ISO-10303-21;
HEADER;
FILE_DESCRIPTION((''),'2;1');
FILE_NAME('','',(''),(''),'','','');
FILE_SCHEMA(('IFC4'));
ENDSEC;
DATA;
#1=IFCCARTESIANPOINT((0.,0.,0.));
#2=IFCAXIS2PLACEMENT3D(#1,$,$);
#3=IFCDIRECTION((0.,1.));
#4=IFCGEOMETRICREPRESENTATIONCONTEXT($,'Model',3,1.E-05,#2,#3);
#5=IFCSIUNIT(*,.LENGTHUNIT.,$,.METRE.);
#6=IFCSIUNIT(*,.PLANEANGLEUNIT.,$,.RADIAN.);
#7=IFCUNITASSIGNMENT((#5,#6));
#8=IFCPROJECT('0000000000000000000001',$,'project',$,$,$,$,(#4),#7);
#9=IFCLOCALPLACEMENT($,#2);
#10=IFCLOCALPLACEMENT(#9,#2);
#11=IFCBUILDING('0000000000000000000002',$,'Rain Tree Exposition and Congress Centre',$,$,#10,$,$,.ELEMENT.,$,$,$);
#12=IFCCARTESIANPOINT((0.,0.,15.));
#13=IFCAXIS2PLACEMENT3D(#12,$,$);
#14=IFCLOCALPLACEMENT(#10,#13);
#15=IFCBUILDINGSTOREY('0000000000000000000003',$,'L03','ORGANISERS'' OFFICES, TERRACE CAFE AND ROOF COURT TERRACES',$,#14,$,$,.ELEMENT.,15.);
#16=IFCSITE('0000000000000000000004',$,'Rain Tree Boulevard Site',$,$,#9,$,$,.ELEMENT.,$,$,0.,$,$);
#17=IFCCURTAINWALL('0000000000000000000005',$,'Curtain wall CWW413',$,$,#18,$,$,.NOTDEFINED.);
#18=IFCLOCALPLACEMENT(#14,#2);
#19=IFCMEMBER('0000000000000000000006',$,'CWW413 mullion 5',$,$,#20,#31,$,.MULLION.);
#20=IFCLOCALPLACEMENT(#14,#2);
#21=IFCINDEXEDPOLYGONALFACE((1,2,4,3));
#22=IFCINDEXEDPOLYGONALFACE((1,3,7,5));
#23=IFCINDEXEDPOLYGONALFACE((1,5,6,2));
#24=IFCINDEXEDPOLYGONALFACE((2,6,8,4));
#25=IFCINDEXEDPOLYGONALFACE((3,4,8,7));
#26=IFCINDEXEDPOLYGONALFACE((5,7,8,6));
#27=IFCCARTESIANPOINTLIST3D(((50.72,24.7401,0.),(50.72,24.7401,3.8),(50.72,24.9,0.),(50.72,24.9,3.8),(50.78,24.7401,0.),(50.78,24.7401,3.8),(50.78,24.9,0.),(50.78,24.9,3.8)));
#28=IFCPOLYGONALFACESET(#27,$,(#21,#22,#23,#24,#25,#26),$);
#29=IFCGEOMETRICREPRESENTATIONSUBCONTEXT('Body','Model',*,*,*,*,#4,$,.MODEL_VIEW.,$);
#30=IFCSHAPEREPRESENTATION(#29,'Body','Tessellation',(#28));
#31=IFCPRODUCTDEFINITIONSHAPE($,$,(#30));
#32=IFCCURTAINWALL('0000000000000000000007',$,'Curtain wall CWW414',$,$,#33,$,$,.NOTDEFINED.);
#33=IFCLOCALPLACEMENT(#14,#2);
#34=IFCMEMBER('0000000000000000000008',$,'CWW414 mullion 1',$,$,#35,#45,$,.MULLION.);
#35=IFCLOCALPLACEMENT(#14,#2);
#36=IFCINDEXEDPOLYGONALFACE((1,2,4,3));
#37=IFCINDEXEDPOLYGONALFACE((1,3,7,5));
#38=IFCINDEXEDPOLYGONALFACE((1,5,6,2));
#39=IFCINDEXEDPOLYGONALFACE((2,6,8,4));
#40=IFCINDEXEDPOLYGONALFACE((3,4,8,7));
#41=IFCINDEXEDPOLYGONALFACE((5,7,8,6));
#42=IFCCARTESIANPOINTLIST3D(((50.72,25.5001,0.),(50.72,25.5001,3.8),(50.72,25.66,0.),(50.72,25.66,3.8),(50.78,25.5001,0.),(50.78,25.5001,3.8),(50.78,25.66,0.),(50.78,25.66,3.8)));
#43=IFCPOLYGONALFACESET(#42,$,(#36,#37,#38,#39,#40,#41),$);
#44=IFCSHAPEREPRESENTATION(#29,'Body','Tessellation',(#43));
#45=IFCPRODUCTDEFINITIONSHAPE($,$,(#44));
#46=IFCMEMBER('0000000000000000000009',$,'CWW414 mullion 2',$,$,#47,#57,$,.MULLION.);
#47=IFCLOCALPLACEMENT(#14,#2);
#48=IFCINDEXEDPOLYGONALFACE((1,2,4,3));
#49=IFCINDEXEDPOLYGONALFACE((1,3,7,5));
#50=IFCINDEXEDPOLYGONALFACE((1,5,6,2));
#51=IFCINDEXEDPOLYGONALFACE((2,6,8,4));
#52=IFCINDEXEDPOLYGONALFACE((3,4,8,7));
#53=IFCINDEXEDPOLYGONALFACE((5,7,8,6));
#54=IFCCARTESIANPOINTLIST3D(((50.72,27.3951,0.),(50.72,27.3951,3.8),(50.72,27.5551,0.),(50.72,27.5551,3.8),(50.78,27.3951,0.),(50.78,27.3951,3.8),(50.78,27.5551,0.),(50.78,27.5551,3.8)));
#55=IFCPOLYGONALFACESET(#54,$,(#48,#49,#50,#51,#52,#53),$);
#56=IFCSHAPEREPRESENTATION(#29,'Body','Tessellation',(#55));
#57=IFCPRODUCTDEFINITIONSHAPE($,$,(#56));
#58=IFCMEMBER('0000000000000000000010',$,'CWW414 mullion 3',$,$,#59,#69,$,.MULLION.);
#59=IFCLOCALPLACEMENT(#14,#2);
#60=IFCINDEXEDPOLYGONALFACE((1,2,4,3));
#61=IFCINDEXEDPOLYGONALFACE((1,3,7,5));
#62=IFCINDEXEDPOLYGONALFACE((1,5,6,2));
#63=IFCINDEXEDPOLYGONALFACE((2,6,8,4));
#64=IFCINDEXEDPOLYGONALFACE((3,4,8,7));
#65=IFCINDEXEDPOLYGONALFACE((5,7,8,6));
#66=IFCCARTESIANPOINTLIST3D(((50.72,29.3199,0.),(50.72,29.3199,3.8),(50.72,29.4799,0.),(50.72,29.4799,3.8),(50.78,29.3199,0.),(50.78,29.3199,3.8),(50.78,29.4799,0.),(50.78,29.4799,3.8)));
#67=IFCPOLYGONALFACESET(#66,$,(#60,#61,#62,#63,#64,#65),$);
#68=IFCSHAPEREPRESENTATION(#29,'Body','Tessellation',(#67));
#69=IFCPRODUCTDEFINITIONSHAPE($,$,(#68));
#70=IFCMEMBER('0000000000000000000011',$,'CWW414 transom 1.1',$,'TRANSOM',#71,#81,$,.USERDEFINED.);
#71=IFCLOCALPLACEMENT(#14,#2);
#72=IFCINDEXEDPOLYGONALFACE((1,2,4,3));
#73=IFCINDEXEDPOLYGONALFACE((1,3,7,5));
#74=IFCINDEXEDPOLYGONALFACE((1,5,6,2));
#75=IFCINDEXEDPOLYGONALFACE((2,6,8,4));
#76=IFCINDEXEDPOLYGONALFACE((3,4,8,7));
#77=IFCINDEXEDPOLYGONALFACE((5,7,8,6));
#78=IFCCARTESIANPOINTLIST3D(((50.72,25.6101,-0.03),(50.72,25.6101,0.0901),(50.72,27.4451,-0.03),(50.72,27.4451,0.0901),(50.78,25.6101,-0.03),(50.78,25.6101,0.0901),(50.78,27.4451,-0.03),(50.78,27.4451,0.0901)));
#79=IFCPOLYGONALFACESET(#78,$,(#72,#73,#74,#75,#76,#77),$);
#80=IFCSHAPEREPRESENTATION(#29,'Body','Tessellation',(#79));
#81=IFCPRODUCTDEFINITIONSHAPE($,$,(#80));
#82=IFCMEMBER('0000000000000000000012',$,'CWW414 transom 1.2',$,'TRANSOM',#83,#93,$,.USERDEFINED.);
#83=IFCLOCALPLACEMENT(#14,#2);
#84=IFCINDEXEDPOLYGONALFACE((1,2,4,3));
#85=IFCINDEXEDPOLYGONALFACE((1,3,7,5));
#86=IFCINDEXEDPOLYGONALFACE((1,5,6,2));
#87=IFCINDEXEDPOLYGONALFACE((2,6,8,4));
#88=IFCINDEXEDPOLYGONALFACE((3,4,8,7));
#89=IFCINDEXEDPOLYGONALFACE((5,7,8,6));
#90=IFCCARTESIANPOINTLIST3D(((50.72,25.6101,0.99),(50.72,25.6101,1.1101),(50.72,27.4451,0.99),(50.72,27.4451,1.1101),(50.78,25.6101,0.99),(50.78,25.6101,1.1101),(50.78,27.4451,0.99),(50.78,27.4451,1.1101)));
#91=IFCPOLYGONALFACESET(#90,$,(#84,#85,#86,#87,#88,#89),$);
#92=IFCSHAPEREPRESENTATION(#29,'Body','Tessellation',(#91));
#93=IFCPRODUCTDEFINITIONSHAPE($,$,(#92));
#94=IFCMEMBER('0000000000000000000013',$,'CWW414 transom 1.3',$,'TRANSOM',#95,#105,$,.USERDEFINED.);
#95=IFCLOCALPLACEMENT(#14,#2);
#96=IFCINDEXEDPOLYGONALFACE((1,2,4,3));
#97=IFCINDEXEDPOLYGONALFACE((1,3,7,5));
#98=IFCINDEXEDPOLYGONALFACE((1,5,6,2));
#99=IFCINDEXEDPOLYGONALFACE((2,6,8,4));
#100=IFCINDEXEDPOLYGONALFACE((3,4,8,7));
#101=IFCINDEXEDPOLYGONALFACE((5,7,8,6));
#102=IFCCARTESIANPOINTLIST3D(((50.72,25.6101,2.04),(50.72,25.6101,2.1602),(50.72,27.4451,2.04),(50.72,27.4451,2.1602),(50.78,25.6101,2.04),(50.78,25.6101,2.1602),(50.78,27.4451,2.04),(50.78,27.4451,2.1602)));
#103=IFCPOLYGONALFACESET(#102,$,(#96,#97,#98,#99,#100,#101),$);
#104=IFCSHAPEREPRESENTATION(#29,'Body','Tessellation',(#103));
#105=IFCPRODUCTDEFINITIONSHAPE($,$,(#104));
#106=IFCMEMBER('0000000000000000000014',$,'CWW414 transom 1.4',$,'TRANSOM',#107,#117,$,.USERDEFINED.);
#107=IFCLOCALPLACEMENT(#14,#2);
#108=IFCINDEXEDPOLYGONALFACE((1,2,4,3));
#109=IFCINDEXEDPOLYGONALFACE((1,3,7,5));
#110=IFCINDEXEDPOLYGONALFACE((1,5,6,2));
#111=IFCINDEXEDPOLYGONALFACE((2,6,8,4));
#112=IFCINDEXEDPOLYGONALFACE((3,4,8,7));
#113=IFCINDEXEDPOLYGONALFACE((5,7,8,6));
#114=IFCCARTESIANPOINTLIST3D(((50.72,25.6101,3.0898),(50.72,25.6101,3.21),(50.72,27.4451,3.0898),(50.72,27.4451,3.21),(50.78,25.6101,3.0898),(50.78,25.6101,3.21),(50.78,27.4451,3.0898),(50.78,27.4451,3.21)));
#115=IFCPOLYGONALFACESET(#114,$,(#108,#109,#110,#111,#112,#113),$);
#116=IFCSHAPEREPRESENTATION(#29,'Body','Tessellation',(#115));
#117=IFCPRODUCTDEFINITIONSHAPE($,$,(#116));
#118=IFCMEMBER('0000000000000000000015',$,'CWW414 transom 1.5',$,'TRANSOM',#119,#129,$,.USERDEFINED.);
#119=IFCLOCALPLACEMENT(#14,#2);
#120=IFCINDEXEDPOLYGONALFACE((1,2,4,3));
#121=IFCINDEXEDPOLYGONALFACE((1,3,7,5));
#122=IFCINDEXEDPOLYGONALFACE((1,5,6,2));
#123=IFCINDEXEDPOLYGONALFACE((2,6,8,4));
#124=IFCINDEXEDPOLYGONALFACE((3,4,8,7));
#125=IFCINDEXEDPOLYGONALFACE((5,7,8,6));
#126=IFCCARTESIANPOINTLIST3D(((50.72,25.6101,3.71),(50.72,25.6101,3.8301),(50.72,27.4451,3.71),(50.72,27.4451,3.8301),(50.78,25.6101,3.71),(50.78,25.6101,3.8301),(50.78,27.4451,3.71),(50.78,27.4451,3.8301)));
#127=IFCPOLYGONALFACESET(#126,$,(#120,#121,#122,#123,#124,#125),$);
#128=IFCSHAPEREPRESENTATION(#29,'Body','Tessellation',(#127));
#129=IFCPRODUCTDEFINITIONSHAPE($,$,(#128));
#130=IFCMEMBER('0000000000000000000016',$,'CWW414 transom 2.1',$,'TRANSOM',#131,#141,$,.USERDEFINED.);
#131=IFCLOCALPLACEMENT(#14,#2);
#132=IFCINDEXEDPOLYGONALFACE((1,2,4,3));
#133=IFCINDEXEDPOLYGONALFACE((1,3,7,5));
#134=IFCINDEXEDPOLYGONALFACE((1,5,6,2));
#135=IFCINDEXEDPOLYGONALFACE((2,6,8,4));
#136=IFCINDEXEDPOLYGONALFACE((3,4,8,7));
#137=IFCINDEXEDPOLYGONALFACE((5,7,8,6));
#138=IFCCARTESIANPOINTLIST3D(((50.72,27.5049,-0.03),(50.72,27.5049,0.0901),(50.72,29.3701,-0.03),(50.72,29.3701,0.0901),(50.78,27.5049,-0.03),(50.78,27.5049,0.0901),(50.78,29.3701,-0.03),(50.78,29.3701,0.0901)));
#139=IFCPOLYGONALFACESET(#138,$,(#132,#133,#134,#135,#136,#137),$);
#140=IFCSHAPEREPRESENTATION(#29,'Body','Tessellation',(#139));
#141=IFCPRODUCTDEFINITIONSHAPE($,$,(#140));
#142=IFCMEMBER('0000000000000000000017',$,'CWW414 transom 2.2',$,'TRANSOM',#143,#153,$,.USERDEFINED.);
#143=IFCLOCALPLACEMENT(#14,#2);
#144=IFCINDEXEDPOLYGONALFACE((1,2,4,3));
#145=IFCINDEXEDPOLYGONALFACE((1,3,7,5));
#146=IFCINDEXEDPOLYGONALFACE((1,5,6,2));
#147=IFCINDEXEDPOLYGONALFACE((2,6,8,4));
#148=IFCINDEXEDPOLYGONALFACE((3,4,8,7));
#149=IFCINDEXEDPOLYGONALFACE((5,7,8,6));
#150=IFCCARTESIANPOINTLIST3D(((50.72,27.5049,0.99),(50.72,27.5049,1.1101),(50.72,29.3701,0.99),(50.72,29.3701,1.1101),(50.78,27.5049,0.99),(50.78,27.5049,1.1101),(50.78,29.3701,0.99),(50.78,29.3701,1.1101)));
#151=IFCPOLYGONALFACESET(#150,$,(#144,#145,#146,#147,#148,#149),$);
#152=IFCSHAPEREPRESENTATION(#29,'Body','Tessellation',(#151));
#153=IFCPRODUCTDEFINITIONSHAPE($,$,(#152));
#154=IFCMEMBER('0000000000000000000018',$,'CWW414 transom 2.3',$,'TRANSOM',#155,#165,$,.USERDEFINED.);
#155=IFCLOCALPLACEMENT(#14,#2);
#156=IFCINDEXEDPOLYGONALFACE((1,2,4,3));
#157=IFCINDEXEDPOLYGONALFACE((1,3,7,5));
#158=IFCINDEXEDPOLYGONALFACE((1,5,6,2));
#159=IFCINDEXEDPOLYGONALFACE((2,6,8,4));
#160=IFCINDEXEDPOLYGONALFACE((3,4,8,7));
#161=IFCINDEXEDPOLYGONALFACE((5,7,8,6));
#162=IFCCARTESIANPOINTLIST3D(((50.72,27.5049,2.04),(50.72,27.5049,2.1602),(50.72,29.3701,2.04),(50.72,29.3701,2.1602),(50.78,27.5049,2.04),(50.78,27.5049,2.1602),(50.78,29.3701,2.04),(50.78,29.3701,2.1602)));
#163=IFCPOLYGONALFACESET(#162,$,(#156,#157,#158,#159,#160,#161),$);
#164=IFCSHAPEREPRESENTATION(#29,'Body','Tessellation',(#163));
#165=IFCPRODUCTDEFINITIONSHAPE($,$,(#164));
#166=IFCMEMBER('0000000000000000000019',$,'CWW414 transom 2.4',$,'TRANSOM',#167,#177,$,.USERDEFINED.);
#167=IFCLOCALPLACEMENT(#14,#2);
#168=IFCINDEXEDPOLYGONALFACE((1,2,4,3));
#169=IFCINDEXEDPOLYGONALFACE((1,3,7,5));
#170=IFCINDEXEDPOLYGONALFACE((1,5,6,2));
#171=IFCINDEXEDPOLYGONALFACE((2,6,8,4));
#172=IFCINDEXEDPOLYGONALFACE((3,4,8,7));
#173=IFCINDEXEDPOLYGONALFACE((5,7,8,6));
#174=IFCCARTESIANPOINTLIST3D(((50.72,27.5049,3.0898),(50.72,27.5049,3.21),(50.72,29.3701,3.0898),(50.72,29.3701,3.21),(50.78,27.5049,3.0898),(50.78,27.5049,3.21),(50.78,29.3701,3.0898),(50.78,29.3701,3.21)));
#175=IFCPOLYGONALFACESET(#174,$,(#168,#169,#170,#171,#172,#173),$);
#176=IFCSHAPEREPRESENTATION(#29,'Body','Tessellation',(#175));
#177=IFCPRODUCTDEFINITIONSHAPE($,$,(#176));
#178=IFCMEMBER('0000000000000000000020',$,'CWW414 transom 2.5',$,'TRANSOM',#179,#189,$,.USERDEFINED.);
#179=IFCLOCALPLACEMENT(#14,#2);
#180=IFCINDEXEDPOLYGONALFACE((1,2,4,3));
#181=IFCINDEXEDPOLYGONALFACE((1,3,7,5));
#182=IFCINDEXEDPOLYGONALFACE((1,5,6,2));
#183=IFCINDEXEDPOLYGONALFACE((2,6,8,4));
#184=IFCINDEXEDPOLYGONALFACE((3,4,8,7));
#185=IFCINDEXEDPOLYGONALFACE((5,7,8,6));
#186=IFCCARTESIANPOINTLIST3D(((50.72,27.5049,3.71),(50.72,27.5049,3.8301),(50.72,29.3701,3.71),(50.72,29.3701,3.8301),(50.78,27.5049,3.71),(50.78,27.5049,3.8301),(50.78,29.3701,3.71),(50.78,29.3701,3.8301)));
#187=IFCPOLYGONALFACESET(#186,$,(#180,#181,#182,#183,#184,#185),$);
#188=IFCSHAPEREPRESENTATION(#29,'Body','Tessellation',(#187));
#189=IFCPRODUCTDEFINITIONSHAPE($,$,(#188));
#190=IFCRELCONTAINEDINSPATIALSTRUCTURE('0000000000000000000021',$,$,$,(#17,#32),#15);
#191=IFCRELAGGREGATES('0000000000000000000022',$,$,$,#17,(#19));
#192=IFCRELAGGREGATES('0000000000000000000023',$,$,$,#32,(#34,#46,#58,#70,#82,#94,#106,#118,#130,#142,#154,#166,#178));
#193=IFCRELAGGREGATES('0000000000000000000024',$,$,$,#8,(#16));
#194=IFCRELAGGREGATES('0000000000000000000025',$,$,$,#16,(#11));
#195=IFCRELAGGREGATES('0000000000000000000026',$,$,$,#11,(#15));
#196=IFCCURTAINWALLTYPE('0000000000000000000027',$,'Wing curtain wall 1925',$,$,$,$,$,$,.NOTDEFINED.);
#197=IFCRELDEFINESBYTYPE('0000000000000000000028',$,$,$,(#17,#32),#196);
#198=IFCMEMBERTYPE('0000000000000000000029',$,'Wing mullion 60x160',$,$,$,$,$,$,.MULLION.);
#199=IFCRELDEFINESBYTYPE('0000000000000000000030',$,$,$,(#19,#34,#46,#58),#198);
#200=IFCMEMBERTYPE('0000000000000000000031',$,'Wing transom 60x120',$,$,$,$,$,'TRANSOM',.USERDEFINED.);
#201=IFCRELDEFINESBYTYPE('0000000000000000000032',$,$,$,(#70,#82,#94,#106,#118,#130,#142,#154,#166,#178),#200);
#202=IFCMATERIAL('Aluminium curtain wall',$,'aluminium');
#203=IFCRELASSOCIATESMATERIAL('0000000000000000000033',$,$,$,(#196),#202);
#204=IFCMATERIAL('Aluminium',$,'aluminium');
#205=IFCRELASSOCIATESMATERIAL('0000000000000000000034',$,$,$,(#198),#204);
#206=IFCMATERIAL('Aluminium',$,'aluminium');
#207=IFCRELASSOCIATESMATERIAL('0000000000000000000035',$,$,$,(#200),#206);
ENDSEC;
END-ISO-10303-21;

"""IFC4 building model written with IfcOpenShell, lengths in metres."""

from ifc_helpers import new_model, si_unit, direction, frame, origin, origin_2d, place, context, subcontext, project, spatial, rectangle, extrude, material, material_profile, profile_set, type_object, element, aggregate, save


model = new_model("IFC4")

# Units and contexts
model_context = context("Model", 3, precision=1e-05, world=origin(), true_north=direction((0.0, 1.0)))
body_context = subcontext(model_context, "Body", "Model", "MODEL_VIEW")
ifc_project = project(units=[si_unit("LENGTHUNIT", "METRE"), si_unit("PLANEANGLEUNIT", "RADIAN")], contexts=[model_context])

# Site, building, storey
site_placement = place(None, origin())
site = spatial("IfcSite", under=ifc_project, at=site_placement, Name="Rain Tree Boulevard Site", CompositionType="ELEMENT", RefElevation=0.0)
building_placement = place(site_placement, origin())
building = spatial("IfcBuilding", under=site, at=building_placement, Name="Rain Tree Exposition and Congress Centre", CompositionType="ELEMENT")
storey_placement = place(building_placement, frame((0.0, 0.0, 15.0)))
storey = spatial("IfcBuildingStorey", under=building, at=storey_placement, Name="L03", Description="ORGANISERS' OFFICES, TERRACE CAFE AND ROOF COURT TERRACES", CompositionType="ELEMENT", Elevation=15.0)

# Curtain wall, member
ifc_material_1 = material(Name="Aluminium curtain wall", Category="aluminium")
curtain_wall_type = type_object("IfcCurtainWallType", Name="Wing curtain wall 1925", PredefinedType="NOTDEFINED", material=ifc_material_1)
curtain_wall_1_placement = place(storey_placement, origin())
curtain_wall_1 = element("IfcCurtainWall", 1, at=curtain_wall_1_placement, inside=storey, type_object=curtain_wall_type, Name="Curtain wall CWW413", PredefinedType="NOTDEFINED")
ifc_material_2 = material(Name="Aluminium", Category="aluminium")
ifc_material_profile_1 = material_profile(ifc_material_2, rectangle(XDim=0.0601, YDim=0.1599, at=origin_2d()), Name="Aluminium 60x160")
ifc_profile_set_1 = profile_set([ifc_material_profile_1], Name="Aluminium")
member_type_1 = type_object("IfcMemberType", Name="Wing mullion 60x160", PredefinedType="MULLION", material=ifc_profile_set_1)
member_1_placement = place(storey_placement, frame((50.75, 24.8201, 0.0), z_axis=(0.0, 0.0, 1.0), x_axis=(-1.0, 0.0, 0.0)))
member_1 = element("IfcMember", 2, at=member_1_placement, type_object=member_type_1, Name="CWW413 mullion 5", PredefinedType="MULLION", context=body_context, shape_type="SweptSolid", body=[
    extrude(rectangle(XDim=0.0601, YDim=0.1599, at=origin_2d()), origin(), (0.0, 0.0, 1.0), 3.8),
])

# Curtain wall, members
curtain_wall_2_placement = place(storey_placement, origin())
curtain_wall_2 = element("IfcCurtainWall", 3, at=curtain_wall_2_placement, inside=storey, type_object=curtain_wall_type, Name="Curtain wall CWW414", PredefinedType="NOTDEFINED")
member_2_placement = place(storey_placement, frame((50.75, 25.5801, 0.0), z_axis=(0.0, 0.0, 1.0), x_axis=(-1.0, 0.0, 0.0)))
member_2 = element("IfcMember", 4, at=member_2_placement, type_object=member_type_1, Name="CWW414 mullion 1", PredefinedType="MULLION", context=body_context, shape_type="SweptSolid", body=[
    extrude(rectangle(XDim=0.0601, YDim=0.1599, at=origin_2d()), origin(), (0.0, 0.0, 1.0), 3.8),
])
member_3_placement = place(storey_placement, frame((50.75, 27.4751, 0.0), z_axis=(0.0, 0.0, 1.0), x_axis=(-1.0, 0.0, 0.0)))
member_3 = element("IfcMember", 5, at=member_3_placement, type_object=member_type_1, Name="CWW414 mullion 2", PredefinedType="MULLION", context=body_context, shape_type="SweptSolid", body=[
    extrude(rectangle(XDim=0.0601, YDim=0.1599, at=origin_2d()), origin(), (0.0, 0.0, 1.0), 3.8),
])
member_4_placement = place(storey_placement, frame((50.75, 29.3999, 0.0), z_axis=(0.0, 0.0, 1.0), x_axis=(-1.0, 0.0, 0.0)))
member_4 = element("IfcMember", 6, at=member_4_placement, type_object=member_type_1, Name="CWW414 mullion 3", PredefinedType="MULLION", context=body_context, shape_type="SweptSolid", body=[
    extrude(rectangle(XDim=0.0601, YDim=0.1599, at=origin_2d()), origin(), (0.0, 0.0, 1.0), 3.8),
])
ifc_material_3 = material(Name="Aluminium", Category="aluminium")
ifc_material_profile_2 = material_profile(ifc_material_3, rectangle(XDim=0.0601, YDim=0.1201, at=origin_2d()), Name="Aluminium 60x120")
ifc_profile_set_2 = profile_set([ifc_material_profile_2], Name="Aluminium")
member_type_2 = type_object("IfcMemberType", Name="Wing transom 60x120", ElementType="TRANSOM", PredefinedType="USERDEFINED", material=ifc_profile_set_2)
member_5_placement = place(storey_placement, frame((50.75, 25.6101, 0.03), z_axis=(0.0, 1.0, 0.0), x_axis=(-1.0, 0.0, 0.0)))
member_5 = element("IfcMember", 7, at=member_5_placement, type_object=member_type_2, Name="CWW414 transom 1.1", ObjectType="TRANSOM", PredefinedType="USERDEFINED", context=body_context, shape_type="SweptSolid", body=[
    extrude(rectangle(XDim=0.0601, YDim=0.1201, at=origin_2d()), origin(), (0.0, 0.0, 1.0), 1.835),
])
member_6_placement = place(storey_placement, frame((50.75, 25.6101, 1.05), z_axis=(0.0, 1.0, 0.0), x_axis=(-1.0, 0.0, 0.0)))
member_6 = element("IfcMember", 8, at=member_6_placement, type_object=member_type_2, Name="CWW414 transom 1.2", ObjectType="TRANSOM", PredefinedType="USERDEFINED", context=body_context, shape_type="SweptSolid", body=[
    extrude(rectangle(XDim=0.0601, YDim=0.1201, at=origin_2d()), origin(), (0.0, 0.0, 1.0), 1.835),
])
member_7_placement = place(storey_placement, frame((50.75, 25.6101, 2.1001), z_axis=(0.0, 1.0, 0.0), x_axis=(-1.0, 0.0, 0.0)))
member_7 = element("IfcMember", 9, at=member_7_placement, type_object=member_type_2, Name="CWW414 transom 1.3", ObjectType="TRANSOM", PredefinedType="USERDEFINED", context=body_context, shape_type="SweptSolid", body=[
    extrude(rectangle(XDim=0.0601, YDim=0.1201, at=origin_2d()), origin(), (0.0, 0.0, 1.0), 1.835),
])
member_8_placement = place(storey_placement, frame((50.75, 25.6101, 3.1499), z_axis=(0.0, 1.0, 0.0), x_axis=(-1.0, 0.0, 0.0)))
member_8 = element("IfcMember", 10, at=member_8_placement, type_object=member_type_2, Name="CWW414 transom 1.4", ObjectType="TRANSOM", PredefinedType="USERDEFINED", context=body_context, shape_type="SweptSolid", body=[
    extrude(rectangle(XDim=0.0601, YDim=0.1201, at=origin_2d()), origin(), (0.0, 0.0, 1.0), 1.835),
])
member_9_placement = place(storey_placement, frame((50.75, 25.6101, 3.77), z_axis=(0.0, 1.0, 0.0), x_axis=(-1.0, 0.0, 0.0)))
member_9 = element("IfcMember", 11, at=member_9_placement, type_object=member_type_2, Name="CWW414 transom 1.5", ObjectType="TRANSOM", PredefinedType="USERDEFINED", context=body_context, shape_type="SweptSolid", body=[
    extrude(rectangle(XDim=0.0601, YDim=0.1201, at=origin_2d()), origin(), (0.0, 0.0, 1.0), 1.835),
])
member_10_placement = place(storey_placement, frame((50.75, 27.5049, 0.03), z_axis=(0.0, 1.0, 0.0), x_axis=(-1.0, 0.0, 0.0)))
member_10 = element("IfcMember", 12, at=member_10_placement, type_object=member_type_2, Name="CWW414 transom 2.1", ObjectType="TRANSOM", PredefinedType="USERDEFINED", context=body_context, shape_type="SweptSolid", body=[
    extrude(rectangle(XDim=0.0601, YDim=0.1201, at=origin_2d()), origin(), (0.0, 0.0, 1.0), 1.8652),
])
member_11_placement = place(storey_placement, frame((50.75, 27.5049, 1.05), z_axis=(0.0, 1.0, 0.0), x_axis=(-1.0, 0.0, 0.0)))
member_11 = element("IfcMember", 13, at=member_11_placement, type_object=member_type_2, Name="CWW414 transom 2.2", ObjectType="TRANSOM", PredefinedType="USERDEFINED", context=body_context, shape_type="SweptSolid", body=[
    extrude(rectangle(XDim=0.0601, YDim=0.1201, at=origin_2d()), origin(), (0.0, 0.0, 1.0), 1.8652),
])
member_12_placement = place(storey_placement, frame((50.75, 27.5049, 2.1001), z_axis=(0.0, 1.0, 0.0), x_axis=(-1.0, 0.0, 0.0)))
member_12 = element("IfcMember", 14, at=member_12_placement, type_object=member_type_2, Name="CWW414 transom 2.3", ObjectType="TRANSOM", PredefinedType="USERDEFINED", context=body_context, shape_type="SweptSolid", body=[
    extrude(rectangle(XDim=0.0601, YDim=0.1201, at=origin_2d()), origin(), (0.0, 0.0, 1.0), 1.8652),
])
member_13_placement = place(storey_placement, frame((50.75, 27.5049, 3.1499), z_axis=(0.0, 1.0, 0.0), x_axis=(-1.0, 0.0, 0.0)))
member_13 = element("IfcMember", 15, at=member_13_placement, type_object=member_type_2, Name="CWW414 transom 2.4", ObjectType="TRANSOM", PredefinedType="USERDEFINED", context=body_context, shape_type="SweptSolid", body=[
    extrude(rectangle(XDim=0.0601, YDim=0.1201, at=origin_2d()), origin(), (0.0, 0.0, 1.0), 1.8652),
])
member_14_placement = place(storey_placement, frame((50.75, 27.5049, 3.77), z_axis=(0.0, 1.0, 0.0), x_axis=(-1.0, 0.0, 0.0)))
member_14 = element("IfcMember", 16, at=member_14_placement, type_object=member_type_2, Name="CWW414 transom 2.5", ObjectType="TRANSOM", PredefinedType="USERDEFINED", context=body_context, shape_type="SweptSolid", body=[
    extrude(rectangle(XDim=0.0601, YDim=0.1201, at=origin_2d()), origin(), (0.0, 0.0, 1.0), 1.8652),
])

aggregate(curtain_wall_1, [member_1])
aggregate(curtain_wall_2, [member_2, member_3, member_4, member_5, member_6, member_7, member_8, member_9, member_10, member_11, member_12, member_13, member_14])

save(model, "model.ifc")
